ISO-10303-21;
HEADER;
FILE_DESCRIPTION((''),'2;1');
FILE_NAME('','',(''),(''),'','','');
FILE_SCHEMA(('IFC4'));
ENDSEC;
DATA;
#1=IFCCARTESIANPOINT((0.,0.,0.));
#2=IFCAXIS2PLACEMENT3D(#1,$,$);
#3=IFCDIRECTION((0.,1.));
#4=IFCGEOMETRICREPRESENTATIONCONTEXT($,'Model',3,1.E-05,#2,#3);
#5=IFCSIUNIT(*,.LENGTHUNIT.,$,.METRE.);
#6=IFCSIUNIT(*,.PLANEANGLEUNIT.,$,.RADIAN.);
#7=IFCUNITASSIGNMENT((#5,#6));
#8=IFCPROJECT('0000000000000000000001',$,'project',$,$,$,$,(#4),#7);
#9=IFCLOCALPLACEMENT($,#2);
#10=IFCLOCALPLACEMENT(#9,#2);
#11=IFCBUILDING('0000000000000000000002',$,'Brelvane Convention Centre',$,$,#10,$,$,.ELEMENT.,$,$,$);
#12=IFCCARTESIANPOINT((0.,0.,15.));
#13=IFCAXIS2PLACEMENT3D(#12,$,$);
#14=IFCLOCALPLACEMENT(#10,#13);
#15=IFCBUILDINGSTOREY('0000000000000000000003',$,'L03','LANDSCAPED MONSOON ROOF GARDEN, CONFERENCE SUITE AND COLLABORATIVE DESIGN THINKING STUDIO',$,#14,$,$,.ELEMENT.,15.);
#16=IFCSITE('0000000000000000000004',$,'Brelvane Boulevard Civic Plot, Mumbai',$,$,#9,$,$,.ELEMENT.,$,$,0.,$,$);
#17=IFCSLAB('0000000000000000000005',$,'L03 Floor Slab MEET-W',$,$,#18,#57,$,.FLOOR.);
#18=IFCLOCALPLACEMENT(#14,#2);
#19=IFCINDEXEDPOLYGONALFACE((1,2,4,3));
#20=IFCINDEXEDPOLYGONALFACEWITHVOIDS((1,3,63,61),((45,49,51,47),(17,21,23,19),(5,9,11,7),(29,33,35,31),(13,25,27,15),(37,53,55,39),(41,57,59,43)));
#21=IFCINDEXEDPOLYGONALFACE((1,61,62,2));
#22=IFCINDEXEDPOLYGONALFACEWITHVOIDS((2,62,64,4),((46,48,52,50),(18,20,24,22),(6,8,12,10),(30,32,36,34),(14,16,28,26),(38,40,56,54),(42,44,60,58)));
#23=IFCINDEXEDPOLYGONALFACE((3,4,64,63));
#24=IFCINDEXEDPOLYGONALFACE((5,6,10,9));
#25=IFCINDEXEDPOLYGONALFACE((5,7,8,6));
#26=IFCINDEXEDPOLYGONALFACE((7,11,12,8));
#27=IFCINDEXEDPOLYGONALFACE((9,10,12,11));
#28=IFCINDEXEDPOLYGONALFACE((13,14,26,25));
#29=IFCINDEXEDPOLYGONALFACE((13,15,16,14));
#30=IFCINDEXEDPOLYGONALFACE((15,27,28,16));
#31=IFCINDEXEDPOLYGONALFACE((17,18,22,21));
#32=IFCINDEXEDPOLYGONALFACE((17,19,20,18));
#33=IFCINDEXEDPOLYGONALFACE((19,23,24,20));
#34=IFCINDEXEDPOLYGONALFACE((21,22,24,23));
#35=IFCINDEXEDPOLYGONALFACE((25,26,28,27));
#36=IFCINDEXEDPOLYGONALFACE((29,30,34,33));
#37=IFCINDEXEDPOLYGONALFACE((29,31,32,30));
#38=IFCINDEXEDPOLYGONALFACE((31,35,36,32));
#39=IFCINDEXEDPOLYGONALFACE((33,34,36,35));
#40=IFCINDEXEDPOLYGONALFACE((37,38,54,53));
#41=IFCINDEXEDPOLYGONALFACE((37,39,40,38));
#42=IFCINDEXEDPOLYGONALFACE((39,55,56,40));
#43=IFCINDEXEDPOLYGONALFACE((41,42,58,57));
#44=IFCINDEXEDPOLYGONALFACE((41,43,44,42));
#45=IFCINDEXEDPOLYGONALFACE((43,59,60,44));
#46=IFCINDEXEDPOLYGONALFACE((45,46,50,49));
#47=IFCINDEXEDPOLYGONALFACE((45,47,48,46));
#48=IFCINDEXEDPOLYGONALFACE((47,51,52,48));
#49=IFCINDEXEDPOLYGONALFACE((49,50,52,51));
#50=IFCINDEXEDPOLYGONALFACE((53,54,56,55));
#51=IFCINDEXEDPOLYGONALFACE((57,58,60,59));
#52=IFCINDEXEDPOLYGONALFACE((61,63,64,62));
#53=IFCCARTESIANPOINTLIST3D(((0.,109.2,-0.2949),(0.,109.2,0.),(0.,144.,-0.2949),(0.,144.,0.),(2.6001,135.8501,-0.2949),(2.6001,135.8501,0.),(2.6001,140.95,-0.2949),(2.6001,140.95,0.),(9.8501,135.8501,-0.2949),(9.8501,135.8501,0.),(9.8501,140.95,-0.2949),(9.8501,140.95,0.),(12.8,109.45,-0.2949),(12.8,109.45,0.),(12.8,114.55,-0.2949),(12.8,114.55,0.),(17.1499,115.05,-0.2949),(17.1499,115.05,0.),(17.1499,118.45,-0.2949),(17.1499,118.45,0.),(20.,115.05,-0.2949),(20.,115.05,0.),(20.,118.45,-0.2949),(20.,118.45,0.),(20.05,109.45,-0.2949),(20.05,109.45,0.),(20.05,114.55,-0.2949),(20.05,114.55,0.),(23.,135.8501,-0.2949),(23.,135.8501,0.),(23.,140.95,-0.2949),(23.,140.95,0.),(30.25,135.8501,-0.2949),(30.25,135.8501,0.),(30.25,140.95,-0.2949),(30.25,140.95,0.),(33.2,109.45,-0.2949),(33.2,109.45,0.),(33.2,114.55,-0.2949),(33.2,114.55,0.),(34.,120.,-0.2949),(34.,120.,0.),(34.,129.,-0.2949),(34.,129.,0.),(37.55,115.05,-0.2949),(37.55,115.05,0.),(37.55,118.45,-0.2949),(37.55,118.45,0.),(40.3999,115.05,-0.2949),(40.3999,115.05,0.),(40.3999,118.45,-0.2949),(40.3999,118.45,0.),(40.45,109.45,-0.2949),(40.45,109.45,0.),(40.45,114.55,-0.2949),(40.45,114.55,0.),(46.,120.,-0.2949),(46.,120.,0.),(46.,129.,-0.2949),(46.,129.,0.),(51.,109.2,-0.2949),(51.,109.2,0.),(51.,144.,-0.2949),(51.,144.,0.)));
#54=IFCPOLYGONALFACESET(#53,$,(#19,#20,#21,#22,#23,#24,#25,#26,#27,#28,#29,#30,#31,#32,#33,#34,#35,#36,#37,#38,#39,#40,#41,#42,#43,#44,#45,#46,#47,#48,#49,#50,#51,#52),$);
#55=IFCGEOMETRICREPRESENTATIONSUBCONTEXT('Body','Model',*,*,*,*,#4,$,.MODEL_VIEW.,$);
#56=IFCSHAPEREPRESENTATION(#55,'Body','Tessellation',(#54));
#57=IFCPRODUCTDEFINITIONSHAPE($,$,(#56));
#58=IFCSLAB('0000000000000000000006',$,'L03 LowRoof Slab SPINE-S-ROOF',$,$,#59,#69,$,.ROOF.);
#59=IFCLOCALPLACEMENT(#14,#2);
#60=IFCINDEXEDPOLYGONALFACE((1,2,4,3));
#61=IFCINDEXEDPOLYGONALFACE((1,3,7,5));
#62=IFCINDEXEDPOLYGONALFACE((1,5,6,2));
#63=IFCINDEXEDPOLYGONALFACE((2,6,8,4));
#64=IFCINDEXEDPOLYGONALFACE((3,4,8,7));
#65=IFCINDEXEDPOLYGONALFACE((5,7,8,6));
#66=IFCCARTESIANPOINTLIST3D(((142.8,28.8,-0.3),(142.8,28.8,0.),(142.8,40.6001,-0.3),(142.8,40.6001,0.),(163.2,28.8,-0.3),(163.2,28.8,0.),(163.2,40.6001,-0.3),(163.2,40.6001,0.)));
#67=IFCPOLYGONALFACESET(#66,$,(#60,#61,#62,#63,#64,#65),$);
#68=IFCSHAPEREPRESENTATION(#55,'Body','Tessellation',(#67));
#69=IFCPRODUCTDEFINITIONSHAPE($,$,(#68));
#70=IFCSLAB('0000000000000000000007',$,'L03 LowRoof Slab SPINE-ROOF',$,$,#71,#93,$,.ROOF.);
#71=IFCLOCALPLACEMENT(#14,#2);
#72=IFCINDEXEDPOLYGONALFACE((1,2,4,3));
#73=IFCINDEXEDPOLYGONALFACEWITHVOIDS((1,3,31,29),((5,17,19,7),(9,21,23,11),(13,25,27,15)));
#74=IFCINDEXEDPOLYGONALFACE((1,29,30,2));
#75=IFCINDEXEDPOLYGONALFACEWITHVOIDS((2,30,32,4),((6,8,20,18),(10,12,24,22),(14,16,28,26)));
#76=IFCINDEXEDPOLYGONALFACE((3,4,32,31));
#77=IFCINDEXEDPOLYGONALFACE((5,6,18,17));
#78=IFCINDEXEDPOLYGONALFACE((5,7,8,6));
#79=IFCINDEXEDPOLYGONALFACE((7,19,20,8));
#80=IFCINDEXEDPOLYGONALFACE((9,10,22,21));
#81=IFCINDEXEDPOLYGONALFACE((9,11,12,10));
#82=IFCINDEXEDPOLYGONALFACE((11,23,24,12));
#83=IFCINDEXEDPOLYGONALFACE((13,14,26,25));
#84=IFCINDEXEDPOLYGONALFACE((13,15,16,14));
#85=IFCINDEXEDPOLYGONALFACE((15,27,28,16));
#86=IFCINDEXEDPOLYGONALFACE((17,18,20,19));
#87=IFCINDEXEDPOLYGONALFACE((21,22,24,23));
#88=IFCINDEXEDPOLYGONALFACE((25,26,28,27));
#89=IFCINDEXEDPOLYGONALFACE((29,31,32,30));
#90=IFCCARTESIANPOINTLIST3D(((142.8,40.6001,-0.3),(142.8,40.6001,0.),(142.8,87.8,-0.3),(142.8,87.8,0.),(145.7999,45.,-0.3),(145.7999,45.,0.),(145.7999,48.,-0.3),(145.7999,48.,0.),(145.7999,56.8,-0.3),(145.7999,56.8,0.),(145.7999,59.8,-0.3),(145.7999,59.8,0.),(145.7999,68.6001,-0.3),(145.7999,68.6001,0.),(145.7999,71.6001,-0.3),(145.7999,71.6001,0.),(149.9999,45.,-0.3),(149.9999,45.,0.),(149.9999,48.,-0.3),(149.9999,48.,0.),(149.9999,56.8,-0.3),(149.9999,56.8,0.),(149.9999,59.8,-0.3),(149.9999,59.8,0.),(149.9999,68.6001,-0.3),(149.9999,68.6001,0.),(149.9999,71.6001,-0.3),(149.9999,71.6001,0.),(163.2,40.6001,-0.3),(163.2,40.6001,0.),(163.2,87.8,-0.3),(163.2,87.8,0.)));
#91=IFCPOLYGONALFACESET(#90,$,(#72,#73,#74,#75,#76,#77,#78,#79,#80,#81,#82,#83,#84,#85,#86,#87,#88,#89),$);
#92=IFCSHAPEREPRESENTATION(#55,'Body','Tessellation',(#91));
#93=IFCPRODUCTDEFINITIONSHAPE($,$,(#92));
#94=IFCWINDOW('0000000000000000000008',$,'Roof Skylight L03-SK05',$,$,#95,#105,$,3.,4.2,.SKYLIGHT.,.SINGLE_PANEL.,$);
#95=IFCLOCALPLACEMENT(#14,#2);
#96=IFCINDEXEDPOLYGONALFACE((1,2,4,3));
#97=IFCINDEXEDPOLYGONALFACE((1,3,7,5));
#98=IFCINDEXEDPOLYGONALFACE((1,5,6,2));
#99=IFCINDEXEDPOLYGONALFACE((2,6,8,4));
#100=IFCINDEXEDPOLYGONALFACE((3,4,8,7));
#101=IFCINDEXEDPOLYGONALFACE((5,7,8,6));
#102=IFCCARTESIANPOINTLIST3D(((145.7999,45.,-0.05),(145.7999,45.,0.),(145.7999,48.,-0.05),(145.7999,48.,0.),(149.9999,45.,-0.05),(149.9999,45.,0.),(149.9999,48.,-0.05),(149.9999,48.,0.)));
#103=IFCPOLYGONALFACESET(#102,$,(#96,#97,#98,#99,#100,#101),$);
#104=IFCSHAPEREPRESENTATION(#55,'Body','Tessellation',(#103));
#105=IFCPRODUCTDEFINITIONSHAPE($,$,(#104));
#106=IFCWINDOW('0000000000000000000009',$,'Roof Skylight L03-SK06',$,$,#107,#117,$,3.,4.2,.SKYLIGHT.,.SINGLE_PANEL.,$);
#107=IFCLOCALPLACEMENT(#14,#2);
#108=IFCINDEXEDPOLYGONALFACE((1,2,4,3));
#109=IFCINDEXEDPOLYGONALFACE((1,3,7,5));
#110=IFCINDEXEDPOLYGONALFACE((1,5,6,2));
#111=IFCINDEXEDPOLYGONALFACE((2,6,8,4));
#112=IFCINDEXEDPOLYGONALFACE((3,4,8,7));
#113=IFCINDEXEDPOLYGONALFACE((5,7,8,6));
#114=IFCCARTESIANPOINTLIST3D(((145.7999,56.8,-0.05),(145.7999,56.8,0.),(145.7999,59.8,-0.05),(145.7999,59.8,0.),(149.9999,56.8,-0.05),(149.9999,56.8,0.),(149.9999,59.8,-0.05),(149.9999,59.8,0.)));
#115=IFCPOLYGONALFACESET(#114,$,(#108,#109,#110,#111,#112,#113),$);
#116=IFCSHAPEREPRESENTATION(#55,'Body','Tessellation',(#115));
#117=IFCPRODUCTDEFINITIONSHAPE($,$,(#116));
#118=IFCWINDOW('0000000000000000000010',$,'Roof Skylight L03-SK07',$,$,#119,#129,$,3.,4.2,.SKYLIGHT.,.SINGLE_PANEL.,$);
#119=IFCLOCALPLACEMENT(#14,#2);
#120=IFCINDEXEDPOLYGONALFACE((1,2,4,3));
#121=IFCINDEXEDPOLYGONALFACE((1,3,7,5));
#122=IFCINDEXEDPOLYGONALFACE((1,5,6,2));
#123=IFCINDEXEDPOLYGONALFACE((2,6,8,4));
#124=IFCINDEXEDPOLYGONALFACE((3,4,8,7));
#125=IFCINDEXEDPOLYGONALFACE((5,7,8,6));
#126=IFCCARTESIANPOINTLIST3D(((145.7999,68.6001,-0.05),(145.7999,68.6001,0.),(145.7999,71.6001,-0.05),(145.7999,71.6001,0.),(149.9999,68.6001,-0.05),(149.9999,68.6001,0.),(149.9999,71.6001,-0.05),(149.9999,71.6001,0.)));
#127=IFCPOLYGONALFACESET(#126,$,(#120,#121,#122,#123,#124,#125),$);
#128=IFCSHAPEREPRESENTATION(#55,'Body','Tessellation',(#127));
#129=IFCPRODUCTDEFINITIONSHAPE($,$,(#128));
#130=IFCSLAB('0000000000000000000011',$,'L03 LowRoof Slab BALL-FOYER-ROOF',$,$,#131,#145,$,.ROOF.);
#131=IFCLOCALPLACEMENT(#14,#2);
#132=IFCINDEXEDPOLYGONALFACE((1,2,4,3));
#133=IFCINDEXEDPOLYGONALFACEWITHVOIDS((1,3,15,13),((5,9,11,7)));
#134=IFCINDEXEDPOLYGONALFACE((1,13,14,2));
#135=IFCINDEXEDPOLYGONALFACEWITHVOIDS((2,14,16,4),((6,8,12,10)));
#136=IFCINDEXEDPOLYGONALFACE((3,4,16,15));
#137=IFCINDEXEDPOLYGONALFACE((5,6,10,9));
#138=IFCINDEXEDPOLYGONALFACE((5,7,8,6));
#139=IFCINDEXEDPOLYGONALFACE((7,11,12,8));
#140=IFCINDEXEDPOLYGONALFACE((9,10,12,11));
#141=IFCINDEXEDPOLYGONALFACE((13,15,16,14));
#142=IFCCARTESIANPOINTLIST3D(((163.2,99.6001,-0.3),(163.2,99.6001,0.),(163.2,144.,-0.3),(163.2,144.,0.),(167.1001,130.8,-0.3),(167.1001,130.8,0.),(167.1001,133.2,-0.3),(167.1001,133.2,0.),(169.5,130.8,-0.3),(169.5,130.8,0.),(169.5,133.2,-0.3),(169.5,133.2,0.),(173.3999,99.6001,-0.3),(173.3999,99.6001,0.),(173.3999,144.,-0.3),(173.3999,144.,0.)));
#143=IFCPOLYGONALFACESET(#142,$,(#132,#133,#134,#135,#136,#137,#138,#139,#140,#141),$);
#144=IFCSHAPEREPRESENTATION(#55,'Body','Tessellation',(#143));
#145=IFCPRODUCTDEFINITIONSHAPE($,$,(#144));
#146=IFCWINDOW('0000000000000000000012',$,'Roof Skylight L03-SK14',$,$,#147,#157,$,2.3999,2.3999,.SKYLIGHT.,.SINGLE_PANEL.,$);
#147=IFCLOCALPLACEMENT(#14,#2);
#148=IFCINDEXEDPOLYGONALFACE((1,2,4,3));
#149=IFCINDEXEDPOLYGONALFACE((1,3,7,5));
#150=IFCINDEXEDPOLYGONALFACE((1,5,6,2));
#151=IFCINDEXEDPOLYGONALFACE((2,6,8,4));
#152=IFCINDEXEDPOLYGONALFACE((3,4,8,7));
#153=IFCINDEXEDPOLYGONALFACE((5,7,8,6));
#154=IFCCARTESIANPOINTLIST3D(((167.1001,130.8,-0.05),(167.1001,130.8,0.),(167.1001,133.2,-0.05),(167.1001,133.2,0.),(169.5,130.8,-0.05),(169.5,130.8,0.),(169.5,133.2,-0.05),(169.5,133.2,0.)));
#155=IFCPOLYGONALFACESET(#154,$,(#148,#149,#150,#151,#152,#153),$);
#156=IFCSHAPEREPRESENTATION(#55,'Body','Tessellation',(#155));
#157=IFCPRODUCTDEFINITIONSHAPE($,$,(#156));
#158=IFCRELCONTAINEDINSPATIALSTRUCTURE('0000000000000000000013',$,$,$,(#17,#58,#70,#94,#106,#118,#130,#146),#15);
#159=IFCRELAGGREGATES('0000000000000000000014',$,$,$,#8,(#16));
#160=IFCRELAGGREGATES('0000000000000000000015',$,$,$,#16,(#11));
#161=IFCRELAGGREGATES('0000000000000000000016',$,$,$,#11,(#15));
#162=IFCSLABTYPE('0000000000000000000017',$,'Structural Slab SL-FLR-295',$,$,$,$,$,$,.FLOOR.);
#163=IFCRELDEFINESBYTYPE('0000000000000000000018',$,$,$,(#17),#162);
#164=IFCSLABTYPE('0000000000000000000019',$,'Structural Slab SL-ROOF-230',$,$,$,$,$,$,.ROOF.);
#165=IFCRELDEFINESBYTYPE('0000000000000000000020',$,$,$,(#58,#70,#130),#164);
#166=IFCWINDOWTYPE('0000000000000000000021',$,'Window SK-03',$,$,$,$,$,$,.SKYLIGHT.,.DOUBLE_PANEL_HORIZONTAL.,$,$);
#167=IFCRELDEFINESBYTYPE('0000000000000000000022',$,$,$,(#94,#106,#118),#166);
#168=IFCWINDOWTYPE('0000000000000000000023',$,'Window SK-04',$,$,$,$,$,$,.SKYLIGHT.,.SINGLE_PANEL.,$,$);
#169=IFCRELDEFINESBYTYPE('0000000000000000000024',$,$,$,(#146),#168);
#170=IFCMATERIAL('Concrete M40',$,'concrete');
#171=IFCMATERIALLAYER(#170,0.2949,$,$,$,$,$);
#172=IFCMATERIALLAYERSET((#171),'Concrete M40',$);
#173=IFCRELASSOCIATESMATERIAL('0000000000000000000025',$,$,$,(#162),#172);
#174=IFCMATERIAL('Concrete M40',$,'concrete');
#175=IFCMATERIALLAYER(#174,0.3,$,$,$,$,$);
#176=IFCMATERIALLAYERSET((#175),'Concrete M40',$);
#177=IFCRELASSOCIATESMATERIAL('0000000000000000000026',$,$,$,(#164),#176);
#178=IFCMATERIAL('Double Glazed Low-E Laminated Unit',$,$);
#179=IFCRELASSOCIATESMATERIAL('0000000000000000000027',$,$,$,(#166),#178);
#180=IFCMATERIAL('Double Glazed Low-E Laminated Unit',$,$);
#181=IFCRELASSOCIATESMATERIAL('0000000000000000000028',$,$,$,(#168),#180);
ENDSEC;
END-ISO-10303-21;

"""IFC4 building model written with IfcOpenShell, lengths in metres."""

from ifc_helpers import new_model, si_unit, direction, frame, origin, origin_2d, place, context, subcontext, project, spatial, polyline, rectangle, outline, extrude, material, layer, layer_set, type_object, element, fill, save


model = new_model("IFC4")

# Units and contexts
model_context = context("Model", 3, precision=1e-05, world=origin(), true_north=direction((0.0, 1.0)))
body_context = subcontext(model_context, "Body", "Model", "MODEL_VIEW")
ifc_project = project(units=[si_unit("LENGTHUNIT", "METRE"), si_unit("PLANEANGLEUNIT", "RADIAN")], contexts=[model_context])

# Site, building, storey
site_placement = place(None, origin())
site = spatial("IfcSite", under=ifc_project, at=site_placement, Name="Brelvane Boulevard Civic Plot, Mumbai", CompositionType="ELEMENT", RefElevation=0.0)
building_placement = place(site_placement, origin())
building = spatial("IfcBuilding", under=site, at=building_placement, Name="Brelvane Convention Centre", CompositionType="ELEMENT")
storey_placement = place(building_placement, frame((0.0, 0.0, 15.0)))
storey = spatial("IfcBuildingStorey", under=building, at=storey_placement, Name="L03", Description="LANDSCAPED MONSOON ROOF GARDEN, CONFERENCE SUITE AND COLLABORATIVE DESIGN THINKING STUDIO", CompositionType="ELEMENT", Elevation=15.0)

# Slabs
ifc_material_1 = material(Name="Concrete M40", Category="concrete")
ifc_layer_1 = layer(ifc_material_1, 0.2949)
ifc_layer_set_1 = layer_set([ifc_layer_1], Name="Concrete M40")
slab_type_1 = type_object("IfcSlabType", Name="Structural Slab SL-FLR-295", PredefinedType="FLOOR", material=ifc_layer_set_1)
slab_1_placement = place(storey_placement, frame((0.0, 0.0, -0.2949)))
element("IfcSlab", 1, at=slab_1_placement, inside=storey, type_object=slab_type_1, Name="L03 Floor Slab MEET-W", PredefinedType="FLOOR", context=body_context, shape_type="SweptSolid", body=[
    extrude(outline(polyline([(0.0, 109.2), (51.0, 109.2), (51.0, 144.0), (0.0, 144.0), (0.0, 109.2)]), holes=[polyline([(12.8, 109.45), (20.05, 109.45), (20.05, 114.55), (12.8, 114.55), (12.8, 109.45)]), polyline([(17.1499, 115.05), (20.0, 115.05), (20.0, 118.45), (17.1499, 118.45), (17.1499, 115.05)]), polyline([(33.2, 109.45), (40.45, 109.45), (40.45, 114.55), (33.2, 114.55), (33.2, 109.45)]), polyline([(37.55, 115.05), (40.3999, 115.05), (40.3999, 118.45), (37.55, 118.45), (37.55, 115.05)]), polyline([(23.0, 135.8501), (30.25, 135.8501), (30.25, 140.95), (23.0, 140.95), (23.0, 135.8501)]), polyline([(2.6001, 135.8501), (9.8501, 135.8501), (9.8501, 140.95), (2.6001, 140.95), (2.6001, 135.8501)]), polyline([(34.0, 120.0), (46.0, 120.0), (46.0, 129.0), (34.0, 129.0), (34.0, 120.0)])]), origin(), (0.0, 0.0, 1.0), 0.2949),
])
ifc_material_2 = material(Name="Concrete M40", Category="concrete")
ifc_layer_2 = layer(ifc_material_2, 0.3)
ifc_layer_set_2 = layer_set([ifc_layer_2], Name="Concrete M40")
slab_type_2 = type_object("IfcSlabType", Name="Structural Slab SL-ROOF-230", PredefinedType="ROOF", material=ifc_layer_set_2)
slab_2_placement = place(storey_placement, frame((0.0, 0.0, -0.3)))
element("IfcSlab", 2, at=slab_2_placement, inside=storey, type_object=slab_type_2, Name="L03 LowRoof Slab SPINE-S-ROOF", PredefinedType="ROOF", context=body_context, shape_type="SweptSolid", body=[
    extrude(outline(polyline([(142.8, 28.8), (163.2, 28.8), (163.2, 40.6001), (142.8, 40.6001), (142.8, 28.8)])), origin(), (0.0, 0.0, 1.0), 0.3),
])

# Slab, openings, windows
slab_3_placement = place(storey_placement, frame((0.0, 0.0, -0.3)))
slab_3 = element("IfcSlab", 3, at=slab_3_placement, inside=storey, type_object=slab_type_2, Name="L03 LowRoof Slab SPINE-ROOF", PredefinedType="ROOF", context=body_context, shape_type="SweptSolid", body=[
    extrude(outline(polyline([(142.8, 40.6001), (163.2, 40.6001), (163.2, 87.8), (142.8, 87.8), (142.8, 40.6001)])), origin(), (0.0, 0.0, 1.0), 0.3),
])
opening_1_placement = place(slab_3_placement, frame((147.8999, 46.5, 0.0)))
opening_1 = element("IfcOpeningElement", 4, at=opening_1_placement, cuts=slab_3, PredefinedType="OPENING", context=body_context, shape_type="SweptSolid", body=[
    extrude(rectangle(XDim=4.2, YDim=3.0, at=origin_2d()), origin(), (0.0, 0.0, 1.0), 0.3),
])
opening_2_placement = place(slab_3_placement, frame((147.8999, 58.3, 0.0)))
opening_2 = element("IfcOpeningElement", 5, at=opening_2_placement, cuts=slab_3, PredefinedType="OPENING", context=body_context, shape_type="SweptSolid", body=[
    extrude(rectangle(XDim=4.2, YDim=3.0, at=origin_2d()), origin(), (0.0, 0.0, 1.0), 0.3),
])
opening_3_placement = place(slab_3_placement, frame((147.8999, 70.1001, 0.0)))
opening_3 = element("IfcOpeningElement", 6, at=opening_3_placement, cuts=slab_3, PredefinedType="OPENING", context=body_context, shape_type="SweptSolid", body=[
    extrude(rectangle(XDim=4.2, YDim=3.0, at=origin_2d()), origin(), (0.0, 0.0, 1.0), 0.3),
])
ifc_material_3 = material(Name="Double Glazed Low-E Laminated Unit")
window_type_1 = type_object("IfcWindowType", Name="Window SK-03", PartitioningType="DOUBLE_PANEL_HORIZONTAL", PredefinedType="SKYLIGHT", material=ifc_material_3)
window_1_placement = place(opening_1_placement, frame((0.0, 0.0, 0.25)))
window_1 = element("IfcWindow", 7, at=window_1_placement, inside=storey, type_object=window_type_1, Name="Roof Skylight L03-SK05", OverallHeight=3.0, OverallWidth=4.2, PartitioningType="SINGLE_PANEL", PredefinedType="SKYLIGHT", context=body_context, shape_type="SweptSolid", body=[
    extrude(rectangle(XDim=4.2, YDim=3.0, at=origin_2d()), origin(), (0.0, 0.0, 1.0), 0.05),
])
fill(opening_1, window_1)
window_2_placement = place(opening_2_placement, frame((0.0, 0.0, 0.25)))
window_2 = element("IfcWindow", 8, at=window_2_placement, inside=storey, type_object=window_type_1, Name="Roof Skylight L03-SK06", OverallHeight=3.0, OverallWidth=4.2, PartitioningType="SINGLE_PANEL", PredefinedType="SKYLIGHT", context=body_context, shape_type="SweptSolid", body=[
    extrude(rectangle(XDim=4.2, YDim=3.0, at=origin_2d()), origin(), (0.0, 0.0, 1.0), 0.05),
])
fill(opening_2, window_2)
window_3_placement = place(opening_3_placement, frame((0.0, 0.0, 0.25)))
window_3 = element("IfcWindow", 9, at=window_3_placement, inside=storey, type_object=window_type_1, Name="Roof Skylight L03-SK07", OverallHeight=3.0, OverallWidth=4.2, PartitioningType="SINGLE_PANEL", PredefinedType="SKYLIGHT", context=body_context, shape_type="SweptSolid", body=[
    extrude(rectangle(XDim=4.2, YDim=3.0, at=origin_2d()), origin(), (0.0, 0.0, 1.0), 0.05),
])
fill(opening_3, window_3)

# Slab, opening, window
slab_4_placement = place(storey_placement, frame((0.0, 0.0, -0.3)))
slab_4 = element("IfcSlab", 10, at=slab_4_placement, inside=storey, type_object=slab_type_2, Name="L03 LowRoof Slab BALL-FOYER-ROOF", PredefinedType="ROOF", context=body_context, shape_type="SweptSolid", body=[
    extrude(outline(polyline([(163.2, 99.6001), (173.3999, 99.6001), (173.3999, 144.0), (163.2, 144.0), (163.2, 99.6001)])), origin(), (0.0, 0.0, 1.0), 0.3),
])
opening_4_placement = place(slab_4_placement, frame((168.3, 132.0, 0.0)))
opening_4 = element("IfcOpeningElement", 11, at=opening_4_placement, cuts=slab_4, PredefinedType="OPENING", context=body_context, shape_type="SweptSolid", body=[
    extrude(rectangle(XDim=2.3999, YDim=2.3999, at=origin_2d()), origin(), (0.0, 0.0, 1.0), 0.3),
])
ifc_material_4 = material(Name="Double Glazed Low-E Laminated Unit")
window_type_2 = type_object("IfcWindowType", Name="Window SK-04", PartitioningType="SINGLE_PANEL", PredefinedType="SKYLIGHT", material=ifc_material_4)
window_4_placement = place(opening_4_placement, frame((0.0, 0.0, 0.25)))
window_4 = element("IfcWindow", 12, at=window_4_placement, inside=storey, type_object=window_type_2, Name="Roof Skylight L03-SK14", OverallHeight=2.3999, OverallWidth=2.3999, PartitioningType="SINGLE_PANEL", PredefinedType="SKYLIGHT", context=body_context, shape_type="SweptSolid", body=[
    extrude(rectangle(XDim=2.3999, YDim=2.3999, at=origin_2d()), origin(), (0.0, 0.0, 1.0), 0.05),
])
fill(opening_4, window_4)

save(model, "model.ifc")
